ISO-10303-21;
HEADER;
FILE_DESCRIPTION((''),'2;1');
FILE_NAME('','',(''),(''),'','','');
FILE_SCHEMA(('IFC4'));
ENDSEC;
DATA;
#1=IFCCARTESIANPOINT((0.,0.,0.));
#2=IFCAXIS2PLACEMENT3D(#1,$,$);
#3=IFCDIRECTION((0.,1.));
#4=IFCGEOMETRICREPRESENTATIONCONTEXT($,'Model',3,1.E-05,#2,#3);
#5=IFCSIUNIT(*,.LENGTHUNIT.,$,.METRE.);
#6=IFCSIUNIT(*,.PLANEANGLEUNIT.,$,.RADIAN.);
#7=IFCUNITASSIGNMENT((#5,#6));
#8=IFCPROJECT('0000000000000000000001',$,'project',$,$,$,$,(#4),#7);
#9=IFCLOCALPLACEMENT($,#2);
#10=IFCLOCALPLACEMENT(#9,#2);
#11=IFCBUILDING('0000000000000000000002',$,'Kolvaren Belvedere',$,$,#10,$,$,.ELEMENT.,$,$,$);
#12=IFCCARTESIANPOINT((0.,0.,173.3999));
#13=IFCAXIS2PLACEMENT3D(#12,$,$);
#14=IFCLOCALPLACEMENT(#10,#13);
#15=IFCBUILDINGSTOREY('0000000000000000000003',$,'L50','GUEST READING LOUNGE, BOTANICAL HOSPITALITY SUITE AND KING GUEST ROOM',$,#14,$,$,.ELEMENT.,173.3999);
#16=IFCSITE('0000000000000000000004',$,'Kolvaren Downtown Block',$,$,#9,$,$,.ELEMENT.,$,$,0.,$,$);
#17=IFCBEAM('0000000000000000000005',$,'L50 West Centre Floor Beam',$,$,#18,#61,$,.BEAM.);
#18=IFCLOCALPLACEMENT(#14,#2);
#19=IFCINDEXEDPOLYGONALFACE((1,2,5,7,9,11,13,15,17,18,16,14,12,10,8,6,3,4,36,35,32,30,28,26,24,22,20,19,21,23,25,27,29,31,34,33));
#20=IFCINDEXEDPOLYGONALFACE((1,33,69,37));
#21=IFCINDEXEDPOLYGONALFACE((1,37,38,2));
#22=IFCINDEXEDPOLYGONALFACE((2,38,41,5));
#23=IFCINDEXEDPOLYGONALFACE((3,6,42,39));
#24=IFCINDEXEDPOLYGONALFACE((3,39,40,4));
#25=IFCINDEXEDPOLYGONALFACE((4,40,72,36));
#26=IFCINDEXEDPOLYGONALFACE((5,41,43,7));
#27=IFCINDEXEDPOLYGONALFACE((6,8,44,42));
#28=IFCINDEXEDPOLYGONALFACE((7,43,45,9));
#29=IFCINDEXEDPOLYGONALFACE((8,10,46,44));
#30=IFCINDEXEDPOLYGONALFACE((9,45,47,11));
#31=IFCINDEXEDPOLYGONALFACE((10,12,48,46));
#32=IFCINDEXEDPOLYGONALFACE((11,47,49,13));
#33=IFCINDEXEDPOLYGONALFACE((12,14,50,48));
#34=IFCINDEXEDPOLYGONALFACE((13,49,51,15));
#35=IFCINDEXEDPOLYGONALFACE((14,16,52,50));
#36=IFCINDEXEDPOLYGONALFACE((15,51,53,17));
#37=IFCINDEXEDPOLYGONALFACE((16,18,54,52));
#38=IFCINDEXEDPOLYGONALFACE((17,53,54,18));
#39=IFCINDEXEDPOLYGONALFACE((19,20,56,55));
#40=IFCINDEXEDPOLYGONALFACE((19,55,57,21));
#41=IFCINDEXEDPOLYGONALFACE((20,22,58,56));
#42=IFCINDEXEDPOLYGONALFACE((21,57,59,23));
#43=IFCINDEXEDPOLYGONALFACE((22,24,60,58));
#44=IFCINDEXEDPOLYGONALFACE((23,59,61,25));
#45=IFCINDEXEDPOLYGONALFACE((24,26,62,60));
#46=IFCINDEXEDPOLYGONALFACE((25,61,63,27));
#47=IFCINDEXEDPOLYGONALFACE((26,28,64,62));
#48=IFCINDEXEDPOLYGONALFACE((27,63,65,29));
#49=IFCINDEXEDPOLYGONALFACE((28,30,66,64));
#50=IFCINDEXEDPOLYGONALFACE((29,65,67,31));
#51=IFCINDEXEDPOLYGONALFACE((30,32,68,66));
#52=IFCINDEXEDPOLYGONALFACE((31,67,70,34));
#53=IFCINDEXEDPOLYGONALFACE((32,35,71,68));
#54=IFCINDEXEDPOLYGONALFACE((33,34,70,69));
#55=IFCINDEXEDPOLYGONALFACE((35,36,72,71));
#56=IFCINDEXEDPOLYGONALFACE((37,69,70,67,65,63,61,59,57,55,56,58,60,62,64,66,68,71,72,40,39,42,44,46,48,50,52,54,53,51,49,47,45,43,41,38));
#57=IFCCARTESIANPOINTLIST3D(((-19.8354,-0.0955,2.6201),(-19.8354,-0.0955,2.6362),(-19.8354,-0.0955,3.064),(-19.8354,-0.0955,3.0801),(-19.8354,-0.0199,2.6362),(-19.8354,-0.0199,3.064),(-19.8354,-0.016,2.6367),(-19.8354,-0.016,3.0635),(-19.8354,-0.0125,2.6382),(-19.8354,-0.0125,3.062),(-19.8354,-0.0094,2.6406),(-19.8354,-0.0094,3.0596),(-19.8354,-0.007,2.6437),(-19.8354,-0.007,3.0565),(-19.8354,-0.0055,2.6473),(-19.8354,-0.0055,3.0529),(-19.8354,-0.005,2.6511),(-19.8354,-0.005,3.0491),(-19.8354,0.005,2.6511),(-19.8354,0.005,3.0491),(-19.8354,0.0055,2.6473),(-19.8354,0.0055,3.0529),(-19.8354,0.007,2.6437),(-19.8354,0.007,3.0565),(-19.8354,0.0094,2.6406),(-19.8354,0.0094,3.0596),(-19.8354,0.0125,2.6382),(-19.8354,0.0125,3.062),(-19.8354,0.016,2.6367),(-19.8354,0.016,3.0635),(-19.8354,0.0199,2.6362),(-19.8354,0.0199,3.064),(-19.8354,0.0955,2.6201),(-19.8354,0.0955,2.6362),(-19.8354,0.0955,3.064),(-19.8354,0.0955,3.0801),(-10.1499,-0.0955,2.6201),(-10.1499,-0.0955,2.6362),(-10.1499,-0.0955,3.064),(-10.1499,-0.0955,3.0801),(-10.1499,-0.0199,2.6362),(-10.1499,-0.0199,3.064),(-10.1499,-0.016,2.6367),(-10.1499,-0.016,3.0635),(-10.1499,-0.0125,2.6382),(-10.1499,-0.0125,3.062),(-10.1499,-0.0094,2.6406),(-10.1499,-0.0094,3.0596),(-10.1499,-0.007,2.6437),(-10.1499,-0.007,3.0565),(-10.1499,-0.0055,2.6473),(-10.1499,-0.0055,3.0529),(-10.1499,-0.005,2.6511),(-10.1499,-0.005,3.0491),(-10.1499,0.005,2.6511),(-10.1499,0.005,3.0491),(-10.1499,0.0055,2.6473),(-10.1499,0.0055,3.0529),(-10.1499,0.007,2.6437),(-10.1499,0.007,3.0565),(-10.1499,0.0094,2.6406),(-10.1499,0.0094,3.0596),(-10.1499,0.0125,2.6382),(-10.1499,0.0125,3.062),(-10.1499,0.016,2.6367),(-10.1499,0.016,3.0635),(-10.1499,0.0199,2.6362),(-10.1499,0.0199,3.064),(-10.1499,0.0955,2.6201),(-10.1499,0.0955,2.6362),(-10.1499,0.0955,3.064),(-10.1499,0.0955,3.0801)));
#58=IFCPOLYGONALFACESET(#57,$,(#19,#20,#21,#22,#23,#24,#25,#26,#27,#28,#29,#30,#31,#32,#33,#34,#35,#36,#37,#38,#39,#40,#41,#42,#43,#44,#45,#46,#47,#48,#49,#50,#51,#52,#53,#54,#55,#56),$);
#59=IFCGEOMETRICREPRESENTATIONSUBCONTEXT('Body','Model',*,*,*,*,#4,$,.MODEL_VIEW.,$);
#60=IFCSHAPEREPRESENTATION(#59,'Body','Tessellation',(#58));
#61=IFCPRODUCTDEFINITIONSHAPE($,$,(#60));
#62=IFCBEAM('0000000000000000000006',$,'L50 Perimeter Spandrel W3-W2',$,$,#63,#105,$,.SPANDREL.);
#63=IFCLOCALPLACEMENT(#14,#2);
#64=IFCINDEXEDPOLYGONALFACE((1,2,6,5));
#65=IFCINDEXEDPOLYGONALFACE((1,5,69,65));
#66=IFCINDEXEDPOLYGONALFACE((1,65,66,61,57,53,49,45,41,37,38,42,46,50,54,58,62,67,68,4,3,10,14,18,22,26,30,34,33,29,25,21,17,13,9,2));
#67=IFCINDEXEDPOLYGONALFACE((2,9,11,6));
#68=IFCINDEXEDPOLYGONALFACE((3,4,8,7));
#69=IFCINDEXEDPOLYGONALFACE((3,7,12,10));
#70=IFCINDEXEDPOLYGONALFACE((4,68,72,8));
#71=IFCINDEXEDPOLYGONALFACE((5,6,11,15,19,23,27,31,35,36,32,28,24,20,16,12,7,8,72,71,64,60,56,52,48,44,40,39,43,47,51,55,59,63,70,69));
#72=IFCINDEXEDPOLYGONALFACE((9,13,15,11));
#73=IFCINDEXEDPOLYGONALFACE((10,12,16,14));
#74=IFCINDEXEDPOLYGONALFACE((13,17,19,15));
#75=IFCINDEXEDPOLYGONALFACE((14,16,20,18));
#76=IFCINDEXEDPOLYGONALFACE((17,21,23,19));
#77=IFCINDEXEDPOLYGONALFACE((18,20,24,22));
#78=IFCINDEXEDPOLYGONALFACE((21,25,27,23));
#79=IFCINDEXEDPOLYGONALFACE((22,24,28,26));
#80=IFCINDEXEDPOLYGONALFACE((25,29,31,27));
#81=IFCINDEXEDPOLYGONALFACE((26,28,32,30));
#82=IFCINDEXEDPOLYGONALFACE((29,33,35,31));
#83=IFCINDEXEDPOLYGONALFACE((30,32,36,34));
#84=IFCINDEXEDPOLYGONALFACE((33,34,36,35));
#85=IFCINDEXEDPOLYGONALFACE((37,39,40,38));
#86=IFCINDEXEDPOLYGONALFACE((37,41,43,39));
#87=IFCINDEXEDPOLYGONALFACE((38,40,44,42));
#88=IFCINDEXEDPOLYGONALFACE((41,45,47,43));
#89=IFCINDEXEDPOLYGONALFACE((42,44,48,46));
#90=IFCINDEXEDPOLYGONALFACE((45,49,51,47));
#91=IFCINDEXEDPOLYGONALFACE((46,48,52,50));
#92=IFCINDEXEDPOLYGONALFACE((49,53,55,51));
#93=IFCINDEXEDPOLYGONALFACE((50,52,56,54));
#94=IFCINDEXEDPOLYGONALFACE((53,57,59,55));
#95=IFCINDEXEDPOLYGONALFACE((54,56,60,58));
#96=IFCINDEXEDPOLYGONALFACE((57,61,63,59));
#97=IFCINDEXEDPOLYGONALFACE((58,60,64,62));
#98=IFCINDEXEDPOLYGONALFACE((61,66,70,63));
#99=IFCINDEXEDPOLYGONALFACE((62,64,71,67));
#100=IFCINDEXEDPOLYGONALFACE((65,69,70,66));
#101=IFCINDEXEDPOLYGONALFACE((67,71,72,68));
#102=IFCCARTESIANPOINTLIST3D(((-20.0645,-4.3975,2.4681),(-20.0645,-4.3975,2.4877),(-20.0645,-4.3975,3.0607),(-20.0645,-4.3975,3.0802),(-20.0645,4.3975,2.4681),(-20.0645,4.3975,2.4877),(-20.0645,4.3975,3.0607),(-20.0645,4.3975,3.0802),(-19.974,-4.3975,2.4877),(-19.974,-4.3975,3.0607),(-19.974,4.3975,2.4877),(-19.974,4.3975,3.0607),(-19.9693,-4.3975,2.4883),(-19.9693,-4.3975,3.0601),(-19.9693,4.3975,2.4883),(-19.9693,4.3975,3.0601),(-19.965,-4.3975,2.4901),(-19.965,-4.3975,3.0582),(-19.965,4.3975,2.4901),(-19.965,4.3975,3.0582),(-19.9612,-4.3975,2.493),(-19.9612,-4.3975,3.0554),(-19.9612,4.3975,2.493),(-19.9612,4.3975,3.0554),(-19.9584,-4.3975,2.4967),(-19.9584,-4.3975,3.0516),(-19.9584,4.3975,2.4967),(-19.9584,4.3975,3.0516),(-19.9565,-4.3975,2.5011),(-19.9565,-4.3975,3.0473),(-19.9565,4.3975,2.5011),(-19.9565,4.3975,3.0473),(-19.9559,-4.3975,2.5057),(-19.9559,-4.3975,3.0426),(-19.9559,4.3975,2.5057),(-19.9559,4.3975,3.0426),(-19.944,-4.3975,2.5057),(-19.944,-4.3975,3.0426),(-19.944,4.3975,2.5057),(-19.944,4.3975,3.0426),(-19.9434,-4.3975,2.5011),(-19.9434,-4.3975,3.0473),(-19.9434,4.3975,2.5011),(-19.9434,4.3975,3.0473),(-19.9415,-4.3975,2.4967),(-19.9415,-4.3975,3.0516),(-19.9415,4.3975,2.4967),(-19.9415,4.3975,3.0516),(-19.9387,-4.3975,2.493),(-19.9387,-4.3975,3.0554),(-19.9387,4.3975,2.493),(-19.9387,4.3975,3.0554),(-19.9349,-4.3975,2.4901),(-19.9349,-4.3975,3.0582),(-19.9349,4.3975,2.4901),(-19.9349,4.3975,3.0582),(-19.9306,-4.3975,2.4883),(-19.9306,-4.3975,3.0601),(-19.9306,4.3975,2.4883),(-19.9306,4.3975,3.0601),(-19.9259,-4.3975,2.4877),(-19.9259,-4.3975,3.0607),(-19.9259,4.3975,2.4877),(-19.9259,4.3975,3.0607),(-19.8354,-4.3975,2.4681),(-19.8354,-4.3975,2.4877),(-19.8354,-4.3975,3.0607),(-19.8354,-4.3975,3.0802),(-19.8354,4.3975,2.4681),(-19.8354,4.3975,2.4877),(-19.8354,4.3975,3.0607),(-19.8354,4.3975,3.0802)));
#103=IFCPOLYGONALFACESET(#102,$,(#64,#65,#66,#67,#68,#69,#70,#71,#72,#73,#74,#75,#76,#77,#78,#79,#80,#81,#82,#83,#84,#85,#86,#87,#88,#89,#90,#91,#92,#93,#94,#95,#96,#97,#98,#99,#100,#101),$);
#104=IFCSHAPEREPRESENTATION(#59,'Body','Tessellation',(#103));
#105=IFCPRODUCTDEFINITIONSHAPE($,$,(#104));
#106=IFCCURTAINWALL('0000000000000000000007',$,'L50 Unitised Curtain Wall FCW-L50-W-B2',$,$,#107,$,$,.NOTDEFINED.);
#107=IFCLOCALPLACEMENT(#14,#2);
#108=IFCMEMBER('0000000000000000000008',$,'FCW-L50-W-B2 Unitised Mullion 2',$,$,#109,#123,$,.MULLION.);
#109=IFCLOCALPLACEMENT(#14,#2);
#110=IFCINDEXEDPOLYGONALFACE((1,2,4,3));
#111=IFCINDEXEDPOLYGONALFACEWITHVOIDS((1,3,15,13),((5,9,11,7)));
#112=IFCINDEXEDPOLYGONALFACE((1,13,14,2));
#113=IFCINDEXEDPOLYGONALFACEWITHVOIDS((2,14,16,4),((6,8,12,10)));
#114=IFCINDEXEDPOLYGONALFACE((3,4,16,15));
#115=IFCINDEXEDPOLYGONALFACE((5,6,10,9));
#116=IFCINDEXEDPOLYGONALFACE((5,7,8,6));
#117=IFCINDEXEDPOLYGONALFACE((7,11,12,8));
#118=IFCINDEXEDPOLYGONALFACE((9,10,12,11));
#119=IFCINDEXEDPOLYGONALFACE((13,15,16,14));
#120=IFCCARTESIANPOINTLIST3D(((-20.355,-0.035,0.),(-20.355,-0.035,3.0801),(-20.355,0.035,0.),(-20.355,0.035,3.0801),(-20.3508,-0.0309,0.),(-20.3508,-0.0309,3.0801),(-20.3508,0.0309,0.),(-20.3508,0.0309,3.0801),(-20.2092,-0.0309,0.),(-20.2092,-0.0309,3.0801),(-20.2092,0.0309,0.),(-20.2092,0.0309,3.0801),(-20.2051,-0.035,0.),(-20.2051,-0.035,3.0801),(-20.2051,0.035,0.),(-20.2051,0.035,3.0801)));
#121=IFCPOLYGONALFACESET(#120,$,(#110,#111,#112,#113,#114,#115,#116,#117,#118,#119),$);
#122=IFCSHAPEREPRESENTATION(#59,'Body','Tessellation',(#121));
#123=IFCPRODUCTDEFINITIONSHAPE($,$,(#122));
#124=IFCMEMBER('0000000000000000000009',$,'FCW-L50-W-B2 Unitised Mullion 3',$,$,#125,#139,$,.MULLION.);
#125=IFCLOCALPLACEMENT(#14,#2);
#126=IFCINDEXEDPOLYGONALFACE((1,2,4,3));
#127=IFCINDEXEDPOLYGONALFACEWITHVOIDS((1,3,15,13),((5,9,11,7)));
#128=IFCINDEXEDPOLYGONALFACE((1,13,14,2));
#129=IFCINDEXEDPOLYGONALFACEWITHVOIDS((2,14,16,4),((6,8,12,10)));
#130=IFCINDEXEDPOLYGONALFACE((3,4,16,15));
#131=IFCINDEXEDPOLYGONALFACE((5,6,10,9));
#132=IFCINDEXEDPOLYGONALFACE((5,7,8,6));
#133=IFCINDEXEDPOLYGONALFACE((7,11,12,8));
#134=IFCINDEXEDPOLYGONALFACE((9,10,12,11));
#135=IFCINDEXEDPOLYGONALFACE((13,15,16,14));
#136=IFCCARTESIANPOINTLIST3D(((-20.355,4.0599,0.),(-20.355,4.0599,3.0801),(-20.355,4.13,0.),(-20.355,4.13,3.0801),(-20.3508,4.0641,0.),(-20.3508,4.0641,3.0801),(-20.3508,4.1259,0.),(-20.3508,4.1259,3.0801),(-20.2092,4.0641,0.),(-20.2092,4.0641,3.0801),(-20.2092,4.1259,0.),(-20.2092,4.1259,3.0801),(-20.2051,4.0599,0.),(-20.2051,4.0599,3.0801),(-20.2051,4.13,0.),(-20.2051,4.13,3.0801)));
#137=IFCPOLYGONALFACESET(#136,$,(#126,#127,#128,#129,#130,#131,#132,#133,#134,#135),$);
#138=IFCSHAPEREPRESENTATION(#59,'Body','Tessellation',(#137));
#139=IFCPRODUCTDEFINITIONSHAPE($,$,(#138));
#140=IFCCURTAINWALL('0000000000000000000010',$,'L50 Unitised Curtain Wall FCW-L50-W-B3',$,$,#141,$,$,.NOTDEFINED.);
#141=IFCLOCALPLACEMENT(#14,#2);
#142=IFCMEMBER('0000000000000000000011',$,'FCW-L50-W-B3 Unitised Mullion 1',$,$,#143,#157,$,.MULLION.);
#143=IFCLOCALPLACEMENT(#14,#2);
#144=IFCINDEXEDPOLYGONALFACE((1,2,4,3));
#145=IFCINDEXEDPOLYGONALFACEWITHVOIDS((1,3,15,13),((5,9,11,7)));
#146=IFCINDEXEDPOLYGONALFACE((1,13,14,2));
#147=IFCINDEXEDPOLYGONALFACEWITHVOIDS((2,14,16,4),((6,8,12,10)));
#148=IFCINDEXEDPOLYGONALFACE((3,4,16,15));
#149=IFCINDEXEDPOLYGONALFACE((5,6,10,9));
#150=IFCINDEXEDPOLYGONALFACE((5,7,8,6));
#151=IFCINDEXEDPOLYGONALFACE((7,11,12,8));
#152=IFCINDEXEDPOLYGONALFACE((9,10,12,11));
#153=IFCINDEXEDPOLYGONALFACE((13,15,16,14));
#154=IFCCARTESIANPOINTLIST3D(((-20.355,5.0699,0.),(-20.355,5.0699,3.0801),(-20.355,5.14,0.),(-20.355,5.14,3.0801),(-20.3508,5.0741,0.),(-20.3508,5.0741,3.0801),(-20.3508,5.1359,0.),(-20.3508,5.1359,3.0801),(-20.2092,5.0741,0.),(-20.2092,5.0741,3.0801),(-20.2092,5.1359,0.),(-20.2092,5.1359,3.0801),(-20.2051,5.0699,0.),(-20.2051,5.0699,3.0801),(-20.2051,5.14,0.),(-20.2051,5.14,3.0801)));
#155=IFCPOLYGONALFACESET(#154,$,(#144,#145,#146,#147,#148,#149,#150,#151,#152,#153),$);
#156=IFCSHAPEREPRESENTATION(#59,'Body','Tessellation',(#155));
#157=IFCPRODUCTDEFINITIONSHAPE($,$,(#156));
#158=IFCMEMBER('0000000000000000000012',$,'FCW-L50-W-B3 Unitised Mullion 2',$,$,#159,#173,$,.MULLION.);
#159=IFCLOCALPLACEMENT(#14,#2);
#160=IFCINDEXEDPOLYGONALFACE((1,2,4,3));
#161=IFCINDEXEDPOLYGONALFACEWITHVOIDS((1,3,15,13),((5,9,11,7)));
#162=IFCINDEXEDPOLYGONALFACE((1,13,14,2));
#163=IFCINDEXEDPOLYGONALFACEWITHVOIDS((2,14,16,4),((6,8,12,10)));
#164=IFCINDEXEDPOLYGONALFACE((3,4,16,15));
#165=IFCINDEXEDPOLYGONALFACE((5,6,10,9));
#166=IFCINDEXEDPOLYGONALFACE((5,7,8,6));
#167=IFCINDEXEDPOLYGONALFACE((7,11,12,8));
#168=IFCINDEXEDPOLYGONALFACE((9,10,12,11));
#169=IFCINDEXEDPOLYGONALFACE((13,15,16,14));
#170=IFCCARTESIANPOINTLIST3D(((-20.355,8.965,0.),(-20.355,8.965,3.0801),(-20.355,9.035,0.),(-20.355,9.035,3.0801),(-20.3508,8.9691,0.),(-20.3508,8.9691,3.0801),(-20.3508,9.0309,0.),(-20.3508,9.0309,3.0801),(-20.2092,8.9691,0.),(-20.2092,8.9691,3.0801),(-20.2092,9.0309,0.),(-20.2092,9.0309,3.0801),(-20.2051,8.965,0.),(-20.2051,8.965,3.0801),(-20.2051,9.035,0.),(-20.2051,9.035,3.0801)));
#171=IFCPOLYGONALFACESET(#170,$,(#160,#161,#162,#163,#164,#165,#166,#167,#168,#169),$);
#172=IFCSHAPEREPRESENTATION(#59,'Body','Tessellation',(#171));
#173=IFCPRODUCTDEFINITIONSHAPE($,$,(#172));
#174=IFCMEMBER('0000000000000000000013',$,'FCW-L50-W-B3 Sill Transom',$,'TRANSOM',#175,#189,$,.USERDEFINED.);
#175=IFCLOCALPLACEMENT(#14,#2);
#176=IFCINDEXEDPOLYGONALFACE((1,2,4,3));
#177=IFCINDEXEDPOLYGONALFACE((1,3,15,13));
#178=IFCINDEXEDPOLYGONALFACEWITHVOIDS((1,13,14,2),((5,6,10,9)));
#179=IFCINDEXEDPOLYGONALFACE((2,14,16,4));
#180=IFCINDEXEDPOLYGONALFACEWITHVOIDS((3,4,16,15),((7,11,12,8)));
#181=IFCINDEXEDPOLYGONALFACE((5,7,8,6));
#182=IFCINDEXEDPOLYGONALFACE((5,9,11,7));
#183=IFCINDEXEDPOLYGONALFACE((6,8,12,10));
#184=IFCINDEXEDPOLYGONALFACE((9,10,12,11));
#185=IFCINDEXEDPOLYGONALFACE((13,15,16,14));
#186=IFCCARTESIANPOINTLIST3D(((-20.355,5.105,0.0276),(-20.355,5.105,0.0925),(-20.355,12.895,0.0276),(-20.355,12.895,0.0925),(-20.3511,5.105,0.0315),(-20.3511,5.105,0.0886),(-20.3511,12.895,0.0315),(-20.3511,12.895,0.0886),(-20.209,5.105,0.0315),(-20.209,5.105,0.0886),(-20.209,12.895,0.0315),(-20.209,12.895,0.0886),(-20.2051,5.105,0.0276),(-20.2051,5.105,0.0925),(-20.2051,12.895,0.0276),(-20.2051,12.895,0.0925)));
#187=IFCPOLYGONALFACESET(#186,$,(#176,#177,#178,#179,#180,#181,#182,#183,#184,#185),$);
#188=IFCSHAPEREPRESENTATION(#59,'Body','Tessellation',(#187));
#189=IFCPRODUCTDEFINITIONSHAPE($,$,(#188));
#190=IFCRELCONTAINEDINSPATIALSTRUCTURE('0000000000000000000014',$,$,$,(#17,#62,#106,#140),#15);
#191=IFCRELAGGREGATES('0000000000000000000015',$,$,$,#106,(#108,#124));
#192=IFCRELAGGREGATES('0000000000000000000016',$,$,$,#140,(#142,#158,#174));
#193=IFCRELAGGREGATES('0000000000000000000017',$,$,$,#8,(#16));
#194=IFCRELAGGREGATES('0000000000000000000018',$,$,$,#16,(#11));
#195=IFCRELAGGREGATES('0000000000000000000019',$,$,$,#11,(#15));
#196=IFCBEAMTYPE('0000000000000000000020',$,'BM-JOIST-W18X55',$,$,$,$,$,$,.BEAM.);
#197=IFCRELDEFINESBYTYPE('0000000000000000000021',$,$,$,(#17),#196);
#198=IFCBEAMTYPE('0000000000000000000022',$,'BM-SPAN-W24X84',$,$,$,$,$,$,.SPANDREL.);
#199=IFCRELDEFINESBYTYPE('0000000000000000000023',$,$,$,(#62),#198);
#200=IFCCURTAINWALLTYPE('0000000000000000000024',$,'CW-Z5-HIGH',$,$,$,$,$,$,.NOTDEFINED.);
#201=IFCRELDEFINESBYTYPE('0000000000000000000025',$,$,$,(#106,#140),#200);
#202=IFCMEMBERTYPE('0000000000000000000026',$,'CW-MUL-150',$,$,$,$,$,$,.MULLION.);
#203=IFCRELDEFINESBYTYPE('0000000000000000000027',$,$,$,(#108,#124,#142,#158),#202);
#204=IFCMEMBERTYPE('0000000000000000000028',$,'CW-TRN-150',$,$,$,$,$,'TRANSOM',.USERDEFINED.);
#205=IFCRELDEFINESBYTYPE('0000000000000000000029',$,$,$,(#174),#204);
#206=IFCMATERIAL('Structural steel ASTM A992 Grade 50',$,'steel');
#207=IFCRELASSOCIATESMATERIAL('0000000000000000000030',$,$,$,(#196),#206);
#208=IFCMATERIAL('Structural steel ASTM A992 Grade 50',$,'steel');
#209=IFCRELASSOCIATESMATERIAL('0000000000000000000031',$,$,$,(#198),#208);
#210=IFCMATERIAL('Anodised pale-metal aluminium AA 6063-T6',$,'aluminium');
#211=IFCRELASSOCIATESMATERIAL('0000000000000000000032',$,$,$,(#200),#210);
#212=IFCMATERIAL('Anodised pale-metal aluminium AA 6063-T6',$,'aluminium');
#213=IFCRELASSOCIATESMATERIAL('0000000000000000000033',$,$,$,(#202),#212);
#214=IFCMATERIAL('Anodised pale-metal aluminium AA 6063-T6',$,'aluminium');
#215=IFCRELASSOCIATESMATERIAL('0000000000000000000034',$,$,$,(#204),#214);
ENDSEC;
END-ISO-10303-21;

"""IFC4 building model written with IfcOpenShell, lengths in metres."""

from ifc_helpers import new_model, si_unit, direction, frame, origin, origin_2d, place, context, subcontext, project, spatial, hollow_rectangle, i_section, extrude, material, material_profile, profile_set, type_object, element, aggregate, save


model = new_model("IFC4")

# Units and contexts
model_context = context("Model", 3, precision=1e-05, world=origin(), true_north=direction((0.0, 1.0)))
body_context = subcontext(model_context, "Body", "Model", "MODEL_VIEW")
ifc_project = project(units=[si_unit("LENGTHUNIT", "METRE"), si_unit("PLANEANGLEUNIT", "RADIAN")], contexts=[model_context])

# Site, building, storey
site_placement = place(None, origin())
site = spatial("IfcSite", under=ifc_project, at=site_placement, Name="Kolvaren Downtown Block", CompositionType="ELEMENT", RefElevation=0.0)
building_placement = place(site_placement, origin())
building = spatial("IfcBuilding", under=site, at=building_placement, Name="Kolvaren Belvedere", CompositionType="ELEMENT")
storey_placement = place(building_placement, frame((0.0, 0.0, 173.3999)))
storey = spatial("IfcBuildingStorey", under=building, at=storey_placement, Name="L50", Description="GUEST READING LOUNGE, BOTANICAL HOSPITALITY SUITE AND KING GUEST ROOM", CompositionType="ELEMENT", Elevation=173.3999)

# Beams
ifc_material_1 = material(Name="Structural steel ASTM A992 Grade 50", Category="steel")
ifc_material_profile_1 = material_profile(ifc_material_1, i_section(OverallWidth=0.1909, OverallDepth=0.46, WebThickness=0.01, FlangeThickness=0.0161, FilletRadius=0.0149, at=origin_2d()), Name="W18X55")
ifc_profile_set_1 = profile_set([ifc_material_profile_1], Name="Structural steel ASTM A992 Grade 50")
beam_type_1 = type_object("IfcBeamType", Name="BM-JOIST-W18X55", PredefinedType="BEAM", material=ifc_profile_set_1)
beam_1_placement = place(storey_placement, frame((-10.1499, 0.0, 2.8501), z_axis=(-1.0, 0.0, 0.0), x_axis=(0.0, -1.0, 0.0)))
element("IfcBeam", 1, at=beam_1_placement, inside=storey, type_object=beam_type_1, Name="L50 West Centre Floor Beam", PredefinedType="BEAM", context=body_context, shape_type="SweptSolid", body=[
    extrude(i_section(OverallWidth=0.1909, OverallDepth=0.46, WebThickness=0.01, FlangeThickness=0.0161, FilletRadius=0.0149, at=origin_2d()), origin(), (0.0, 0.0, 1.0), 9.6855),
])
ifc_material_2 = material(Name="Structural steel ASTM A992 Grade 50", Category="steel")
ifc_material_profile_2 = material_profile(ifc_material_2, i_section(OverallWidth=0.229, OverallDepth=0.6121, WebThickness=0.012, FlangeThickness=0.0195, FilletRadius=0.0181, at=origin_2d()), Name="W24X84")
ifc_profile_set_2 = profile_set([ifc_material_profile_2], Name="Structural steel ASTM A992 Grade 50")
beam_type_2 = type_object("IfcBeamType", Name="BM-SPAN-W24X84", PredefinedType="SPANDREL", material=ifc_profile_set_2)
beam_2_placement = place(storey_placement, frame((-19.95, 4.3975, 2.7742), z_axis=(0.0, -1.0, 0.0), x_axis=(1.0, 0.0, 0.0)))
element("IfcBeam", 2, at=beam_2_placement, inside=storey, type_object=beam_type_2, Name="L50 Perimeter Spandrel W3-W2", PredefinedType="SPANDREL", context=body_context, shape_type="SweptSolid", body=[
    extrude(i_section(OverallWidth=0.229, OverallDepth=0.6121, WebThickness=0.012, FlangeThickness=0.0195, FilletRadius=0.0181, at=origin_2d()), origin(), (0.0, 0.0, 1.0), 8.7949),
])

# Curtain walls, members
ifc_material_3 = material(Name="Anodised pale-metal aluminium AA 6063-T6", Category="aluminium")
curtain_wall_type = type_object("IfcCurtainWallType", Name="CW-Z5-HIGH", PredefinedType="NOTDEFINED", material=ifc_material_3)
curtain_wall_1_placement = place(storey_placement, origin())
curtain_wall_1 = element("IfcCurtainWall", 3, at=curtain_wall_1_placement, inside=storey, type_object=curtain_wall_type, Name="L50 Unitised Curtain Wall FCW-L50-W-B2", PredefinedType="NOTDEFINED")
ifc_material_4 = material(Name="Anodised pale-metal aluminium AA 6063-T6", Category="aluminium")
ifc_material_profile_3 = material_profile(ifc_material_4, hollow_rectangle(XDim=0.0701, YDim=0.1499, WallThickness=0.0042, at=origin_2d()), Name="ALU-MUL-150X70")
ifc_profile_set_3 = profile_set([ifc_material_profile_3], Name="Anodised pale-metal aluminium AA 6063-T6")
member_type_1 = type_object("IfcMemberType", Name="CW-MUL-150", PredefinedType="MULLION", material=ifc_profile_set_3)
member_1_placement = place(storey_placement, frame((-20.28, 0.0, 0.0), z_axis=(0.0, 0.0, 1.0), x_axis=(0.0, 1.0, 0.0)))
member_1 = element("IfcMember", 4, at=member_1_placement, type_object=member_type_1, Name="FCW-L50-W-B2 Unitised Mullion 2", PredefinedType="MULLION", context=body_context, shape_type="SweptSolid", body=[
    extrude(hollow_rectangle(XDim=0.0701, YDim=0.1499, WallThickness=0.0042, at=origin_2d()), origin(), (0.0, 0.0, 1.0), 3.0801),
])
member_2_placement = place(storey_placement, frame((-20.28, 4.095, 0.0), z_axis=(0.0, 0.0, 1.0), x_axis=(0.0, 1.0, 0.0)))
member_2 = element("IfcMember", 5, at=member_2_placement, type_object=member_type_1, Name="FCW-L50-W-B2 Unitised Mullion 3", PredefinedType="MULLION", context=body_context, shape_type="SweptSolid", body=[
    extrude(hollow_rectangle(XDim=0.0701, YDim=0.1499, WallThickness=0.0042, at=origin_2d()), origin(), (0.0, 0.0, 1.0), 3.0801),
])
curtain_wall_2_placement = place(storey_placement, origin())
curtain_wall_2 = element("IfcCurtainWall", 6, at=curtain_wall_2_placement, inside=storey, type_object=curtain_wall_type, Name="L50 Unitised Curtain Wall FCW-L50-W-B3", PredefinedType="NOTDEFINED")
member_3_placement = place(storey_placement, frame((-20.28, 5.105, 0.0), z_axis=(0.0, 0.0, 1.0), x_axis=(0.0, 1.0, 0.0)))
member_3 = element("IfcMember", 7, at=member_3_placement, type_object=member_type_1, Name="FCW-L50-W-B3 Unitised Mullion 1", PredefinedType="MULLION", context=body_context, shape_type="SweptSolid", body=[
    extrude(hollow_rectangle(XDim=0.0701, YDim=0.1499, WallThickness=0.0042, at=origin_2d()), origin(), (0.0, 0.0, 1.0), 3.0801),
])
member_4_placement = place(storey_placement, frame((-20.28, 9.0, 0.0), z_axis=(0.0, 0.0, 1.0), x_axis=(0.0, 1.0, 0.0)))
member_4 = element("IfcMember", 8, at=member_4_placement, type_object=member_type_1, Name="FCW-L50-W-B3 Unitised Mullion 2", PredefinedType="MULLION", context=body_context, shape_type="SweptSolid", body=[
    extrude(hollow_rectangle(XDim=0.0701, YDim=0.1499, WallThickness=0.0042, at=origin_2d()), origin(), (0.0, 0.0, 1.0), 3.0801),
])
ifc_material_5 = material(Name="Anodised pale-metal aluminium AA 6063-T6", Category="aluminium")
ifc_material_profile_4 = material_profile(ifc_material_5, hollow_rectangle(XDim=0.0649, YDim=0.1499, WallThickness=0.0039, at=origin_2d()), Name="ALU-TRN-150X65")
ifc_profile_set_4 = profile_set([ifc_material_profile_4], Name="Anodised pale-metal aluminium AA 6063-T6")
member_type_2 = type_object("IfcMemberType", Name="CW-TRN-150", ElementType="TRANSOM", PredefinedType="USERDEFINED", material=ifc_profile_set_4)
member_5_placement = place(storey_placement, frame((-20.28, 5.105, 0.0601), z_axis=(0.0, 1.0, 0.0), x_axis=(0.0, 0.0, 1.0)))
member_5 = element("IfcMember", 9, at=member_5_placement, type_object=member_type_2, Name="FCW-L50-W-B3 Sill Transom", ObjectType="TRANSOM", PredefinedType="USERDEFINED", context=body_context, shape_type="SweptSolid", body=[
    extrude(hollow_rectangle(XDim=0.0649, YDim=0.1499, WallThickness=0.0039, at=origin_2d()), origin(), (0.0, 0.0, 1.0), 7.79),
])

aggregate(curtain_wall_1, [member_1, member_2])
aggregate(curtain_wall_2, [member_3, member_4, member_5])

save(model, "model.ifc")
